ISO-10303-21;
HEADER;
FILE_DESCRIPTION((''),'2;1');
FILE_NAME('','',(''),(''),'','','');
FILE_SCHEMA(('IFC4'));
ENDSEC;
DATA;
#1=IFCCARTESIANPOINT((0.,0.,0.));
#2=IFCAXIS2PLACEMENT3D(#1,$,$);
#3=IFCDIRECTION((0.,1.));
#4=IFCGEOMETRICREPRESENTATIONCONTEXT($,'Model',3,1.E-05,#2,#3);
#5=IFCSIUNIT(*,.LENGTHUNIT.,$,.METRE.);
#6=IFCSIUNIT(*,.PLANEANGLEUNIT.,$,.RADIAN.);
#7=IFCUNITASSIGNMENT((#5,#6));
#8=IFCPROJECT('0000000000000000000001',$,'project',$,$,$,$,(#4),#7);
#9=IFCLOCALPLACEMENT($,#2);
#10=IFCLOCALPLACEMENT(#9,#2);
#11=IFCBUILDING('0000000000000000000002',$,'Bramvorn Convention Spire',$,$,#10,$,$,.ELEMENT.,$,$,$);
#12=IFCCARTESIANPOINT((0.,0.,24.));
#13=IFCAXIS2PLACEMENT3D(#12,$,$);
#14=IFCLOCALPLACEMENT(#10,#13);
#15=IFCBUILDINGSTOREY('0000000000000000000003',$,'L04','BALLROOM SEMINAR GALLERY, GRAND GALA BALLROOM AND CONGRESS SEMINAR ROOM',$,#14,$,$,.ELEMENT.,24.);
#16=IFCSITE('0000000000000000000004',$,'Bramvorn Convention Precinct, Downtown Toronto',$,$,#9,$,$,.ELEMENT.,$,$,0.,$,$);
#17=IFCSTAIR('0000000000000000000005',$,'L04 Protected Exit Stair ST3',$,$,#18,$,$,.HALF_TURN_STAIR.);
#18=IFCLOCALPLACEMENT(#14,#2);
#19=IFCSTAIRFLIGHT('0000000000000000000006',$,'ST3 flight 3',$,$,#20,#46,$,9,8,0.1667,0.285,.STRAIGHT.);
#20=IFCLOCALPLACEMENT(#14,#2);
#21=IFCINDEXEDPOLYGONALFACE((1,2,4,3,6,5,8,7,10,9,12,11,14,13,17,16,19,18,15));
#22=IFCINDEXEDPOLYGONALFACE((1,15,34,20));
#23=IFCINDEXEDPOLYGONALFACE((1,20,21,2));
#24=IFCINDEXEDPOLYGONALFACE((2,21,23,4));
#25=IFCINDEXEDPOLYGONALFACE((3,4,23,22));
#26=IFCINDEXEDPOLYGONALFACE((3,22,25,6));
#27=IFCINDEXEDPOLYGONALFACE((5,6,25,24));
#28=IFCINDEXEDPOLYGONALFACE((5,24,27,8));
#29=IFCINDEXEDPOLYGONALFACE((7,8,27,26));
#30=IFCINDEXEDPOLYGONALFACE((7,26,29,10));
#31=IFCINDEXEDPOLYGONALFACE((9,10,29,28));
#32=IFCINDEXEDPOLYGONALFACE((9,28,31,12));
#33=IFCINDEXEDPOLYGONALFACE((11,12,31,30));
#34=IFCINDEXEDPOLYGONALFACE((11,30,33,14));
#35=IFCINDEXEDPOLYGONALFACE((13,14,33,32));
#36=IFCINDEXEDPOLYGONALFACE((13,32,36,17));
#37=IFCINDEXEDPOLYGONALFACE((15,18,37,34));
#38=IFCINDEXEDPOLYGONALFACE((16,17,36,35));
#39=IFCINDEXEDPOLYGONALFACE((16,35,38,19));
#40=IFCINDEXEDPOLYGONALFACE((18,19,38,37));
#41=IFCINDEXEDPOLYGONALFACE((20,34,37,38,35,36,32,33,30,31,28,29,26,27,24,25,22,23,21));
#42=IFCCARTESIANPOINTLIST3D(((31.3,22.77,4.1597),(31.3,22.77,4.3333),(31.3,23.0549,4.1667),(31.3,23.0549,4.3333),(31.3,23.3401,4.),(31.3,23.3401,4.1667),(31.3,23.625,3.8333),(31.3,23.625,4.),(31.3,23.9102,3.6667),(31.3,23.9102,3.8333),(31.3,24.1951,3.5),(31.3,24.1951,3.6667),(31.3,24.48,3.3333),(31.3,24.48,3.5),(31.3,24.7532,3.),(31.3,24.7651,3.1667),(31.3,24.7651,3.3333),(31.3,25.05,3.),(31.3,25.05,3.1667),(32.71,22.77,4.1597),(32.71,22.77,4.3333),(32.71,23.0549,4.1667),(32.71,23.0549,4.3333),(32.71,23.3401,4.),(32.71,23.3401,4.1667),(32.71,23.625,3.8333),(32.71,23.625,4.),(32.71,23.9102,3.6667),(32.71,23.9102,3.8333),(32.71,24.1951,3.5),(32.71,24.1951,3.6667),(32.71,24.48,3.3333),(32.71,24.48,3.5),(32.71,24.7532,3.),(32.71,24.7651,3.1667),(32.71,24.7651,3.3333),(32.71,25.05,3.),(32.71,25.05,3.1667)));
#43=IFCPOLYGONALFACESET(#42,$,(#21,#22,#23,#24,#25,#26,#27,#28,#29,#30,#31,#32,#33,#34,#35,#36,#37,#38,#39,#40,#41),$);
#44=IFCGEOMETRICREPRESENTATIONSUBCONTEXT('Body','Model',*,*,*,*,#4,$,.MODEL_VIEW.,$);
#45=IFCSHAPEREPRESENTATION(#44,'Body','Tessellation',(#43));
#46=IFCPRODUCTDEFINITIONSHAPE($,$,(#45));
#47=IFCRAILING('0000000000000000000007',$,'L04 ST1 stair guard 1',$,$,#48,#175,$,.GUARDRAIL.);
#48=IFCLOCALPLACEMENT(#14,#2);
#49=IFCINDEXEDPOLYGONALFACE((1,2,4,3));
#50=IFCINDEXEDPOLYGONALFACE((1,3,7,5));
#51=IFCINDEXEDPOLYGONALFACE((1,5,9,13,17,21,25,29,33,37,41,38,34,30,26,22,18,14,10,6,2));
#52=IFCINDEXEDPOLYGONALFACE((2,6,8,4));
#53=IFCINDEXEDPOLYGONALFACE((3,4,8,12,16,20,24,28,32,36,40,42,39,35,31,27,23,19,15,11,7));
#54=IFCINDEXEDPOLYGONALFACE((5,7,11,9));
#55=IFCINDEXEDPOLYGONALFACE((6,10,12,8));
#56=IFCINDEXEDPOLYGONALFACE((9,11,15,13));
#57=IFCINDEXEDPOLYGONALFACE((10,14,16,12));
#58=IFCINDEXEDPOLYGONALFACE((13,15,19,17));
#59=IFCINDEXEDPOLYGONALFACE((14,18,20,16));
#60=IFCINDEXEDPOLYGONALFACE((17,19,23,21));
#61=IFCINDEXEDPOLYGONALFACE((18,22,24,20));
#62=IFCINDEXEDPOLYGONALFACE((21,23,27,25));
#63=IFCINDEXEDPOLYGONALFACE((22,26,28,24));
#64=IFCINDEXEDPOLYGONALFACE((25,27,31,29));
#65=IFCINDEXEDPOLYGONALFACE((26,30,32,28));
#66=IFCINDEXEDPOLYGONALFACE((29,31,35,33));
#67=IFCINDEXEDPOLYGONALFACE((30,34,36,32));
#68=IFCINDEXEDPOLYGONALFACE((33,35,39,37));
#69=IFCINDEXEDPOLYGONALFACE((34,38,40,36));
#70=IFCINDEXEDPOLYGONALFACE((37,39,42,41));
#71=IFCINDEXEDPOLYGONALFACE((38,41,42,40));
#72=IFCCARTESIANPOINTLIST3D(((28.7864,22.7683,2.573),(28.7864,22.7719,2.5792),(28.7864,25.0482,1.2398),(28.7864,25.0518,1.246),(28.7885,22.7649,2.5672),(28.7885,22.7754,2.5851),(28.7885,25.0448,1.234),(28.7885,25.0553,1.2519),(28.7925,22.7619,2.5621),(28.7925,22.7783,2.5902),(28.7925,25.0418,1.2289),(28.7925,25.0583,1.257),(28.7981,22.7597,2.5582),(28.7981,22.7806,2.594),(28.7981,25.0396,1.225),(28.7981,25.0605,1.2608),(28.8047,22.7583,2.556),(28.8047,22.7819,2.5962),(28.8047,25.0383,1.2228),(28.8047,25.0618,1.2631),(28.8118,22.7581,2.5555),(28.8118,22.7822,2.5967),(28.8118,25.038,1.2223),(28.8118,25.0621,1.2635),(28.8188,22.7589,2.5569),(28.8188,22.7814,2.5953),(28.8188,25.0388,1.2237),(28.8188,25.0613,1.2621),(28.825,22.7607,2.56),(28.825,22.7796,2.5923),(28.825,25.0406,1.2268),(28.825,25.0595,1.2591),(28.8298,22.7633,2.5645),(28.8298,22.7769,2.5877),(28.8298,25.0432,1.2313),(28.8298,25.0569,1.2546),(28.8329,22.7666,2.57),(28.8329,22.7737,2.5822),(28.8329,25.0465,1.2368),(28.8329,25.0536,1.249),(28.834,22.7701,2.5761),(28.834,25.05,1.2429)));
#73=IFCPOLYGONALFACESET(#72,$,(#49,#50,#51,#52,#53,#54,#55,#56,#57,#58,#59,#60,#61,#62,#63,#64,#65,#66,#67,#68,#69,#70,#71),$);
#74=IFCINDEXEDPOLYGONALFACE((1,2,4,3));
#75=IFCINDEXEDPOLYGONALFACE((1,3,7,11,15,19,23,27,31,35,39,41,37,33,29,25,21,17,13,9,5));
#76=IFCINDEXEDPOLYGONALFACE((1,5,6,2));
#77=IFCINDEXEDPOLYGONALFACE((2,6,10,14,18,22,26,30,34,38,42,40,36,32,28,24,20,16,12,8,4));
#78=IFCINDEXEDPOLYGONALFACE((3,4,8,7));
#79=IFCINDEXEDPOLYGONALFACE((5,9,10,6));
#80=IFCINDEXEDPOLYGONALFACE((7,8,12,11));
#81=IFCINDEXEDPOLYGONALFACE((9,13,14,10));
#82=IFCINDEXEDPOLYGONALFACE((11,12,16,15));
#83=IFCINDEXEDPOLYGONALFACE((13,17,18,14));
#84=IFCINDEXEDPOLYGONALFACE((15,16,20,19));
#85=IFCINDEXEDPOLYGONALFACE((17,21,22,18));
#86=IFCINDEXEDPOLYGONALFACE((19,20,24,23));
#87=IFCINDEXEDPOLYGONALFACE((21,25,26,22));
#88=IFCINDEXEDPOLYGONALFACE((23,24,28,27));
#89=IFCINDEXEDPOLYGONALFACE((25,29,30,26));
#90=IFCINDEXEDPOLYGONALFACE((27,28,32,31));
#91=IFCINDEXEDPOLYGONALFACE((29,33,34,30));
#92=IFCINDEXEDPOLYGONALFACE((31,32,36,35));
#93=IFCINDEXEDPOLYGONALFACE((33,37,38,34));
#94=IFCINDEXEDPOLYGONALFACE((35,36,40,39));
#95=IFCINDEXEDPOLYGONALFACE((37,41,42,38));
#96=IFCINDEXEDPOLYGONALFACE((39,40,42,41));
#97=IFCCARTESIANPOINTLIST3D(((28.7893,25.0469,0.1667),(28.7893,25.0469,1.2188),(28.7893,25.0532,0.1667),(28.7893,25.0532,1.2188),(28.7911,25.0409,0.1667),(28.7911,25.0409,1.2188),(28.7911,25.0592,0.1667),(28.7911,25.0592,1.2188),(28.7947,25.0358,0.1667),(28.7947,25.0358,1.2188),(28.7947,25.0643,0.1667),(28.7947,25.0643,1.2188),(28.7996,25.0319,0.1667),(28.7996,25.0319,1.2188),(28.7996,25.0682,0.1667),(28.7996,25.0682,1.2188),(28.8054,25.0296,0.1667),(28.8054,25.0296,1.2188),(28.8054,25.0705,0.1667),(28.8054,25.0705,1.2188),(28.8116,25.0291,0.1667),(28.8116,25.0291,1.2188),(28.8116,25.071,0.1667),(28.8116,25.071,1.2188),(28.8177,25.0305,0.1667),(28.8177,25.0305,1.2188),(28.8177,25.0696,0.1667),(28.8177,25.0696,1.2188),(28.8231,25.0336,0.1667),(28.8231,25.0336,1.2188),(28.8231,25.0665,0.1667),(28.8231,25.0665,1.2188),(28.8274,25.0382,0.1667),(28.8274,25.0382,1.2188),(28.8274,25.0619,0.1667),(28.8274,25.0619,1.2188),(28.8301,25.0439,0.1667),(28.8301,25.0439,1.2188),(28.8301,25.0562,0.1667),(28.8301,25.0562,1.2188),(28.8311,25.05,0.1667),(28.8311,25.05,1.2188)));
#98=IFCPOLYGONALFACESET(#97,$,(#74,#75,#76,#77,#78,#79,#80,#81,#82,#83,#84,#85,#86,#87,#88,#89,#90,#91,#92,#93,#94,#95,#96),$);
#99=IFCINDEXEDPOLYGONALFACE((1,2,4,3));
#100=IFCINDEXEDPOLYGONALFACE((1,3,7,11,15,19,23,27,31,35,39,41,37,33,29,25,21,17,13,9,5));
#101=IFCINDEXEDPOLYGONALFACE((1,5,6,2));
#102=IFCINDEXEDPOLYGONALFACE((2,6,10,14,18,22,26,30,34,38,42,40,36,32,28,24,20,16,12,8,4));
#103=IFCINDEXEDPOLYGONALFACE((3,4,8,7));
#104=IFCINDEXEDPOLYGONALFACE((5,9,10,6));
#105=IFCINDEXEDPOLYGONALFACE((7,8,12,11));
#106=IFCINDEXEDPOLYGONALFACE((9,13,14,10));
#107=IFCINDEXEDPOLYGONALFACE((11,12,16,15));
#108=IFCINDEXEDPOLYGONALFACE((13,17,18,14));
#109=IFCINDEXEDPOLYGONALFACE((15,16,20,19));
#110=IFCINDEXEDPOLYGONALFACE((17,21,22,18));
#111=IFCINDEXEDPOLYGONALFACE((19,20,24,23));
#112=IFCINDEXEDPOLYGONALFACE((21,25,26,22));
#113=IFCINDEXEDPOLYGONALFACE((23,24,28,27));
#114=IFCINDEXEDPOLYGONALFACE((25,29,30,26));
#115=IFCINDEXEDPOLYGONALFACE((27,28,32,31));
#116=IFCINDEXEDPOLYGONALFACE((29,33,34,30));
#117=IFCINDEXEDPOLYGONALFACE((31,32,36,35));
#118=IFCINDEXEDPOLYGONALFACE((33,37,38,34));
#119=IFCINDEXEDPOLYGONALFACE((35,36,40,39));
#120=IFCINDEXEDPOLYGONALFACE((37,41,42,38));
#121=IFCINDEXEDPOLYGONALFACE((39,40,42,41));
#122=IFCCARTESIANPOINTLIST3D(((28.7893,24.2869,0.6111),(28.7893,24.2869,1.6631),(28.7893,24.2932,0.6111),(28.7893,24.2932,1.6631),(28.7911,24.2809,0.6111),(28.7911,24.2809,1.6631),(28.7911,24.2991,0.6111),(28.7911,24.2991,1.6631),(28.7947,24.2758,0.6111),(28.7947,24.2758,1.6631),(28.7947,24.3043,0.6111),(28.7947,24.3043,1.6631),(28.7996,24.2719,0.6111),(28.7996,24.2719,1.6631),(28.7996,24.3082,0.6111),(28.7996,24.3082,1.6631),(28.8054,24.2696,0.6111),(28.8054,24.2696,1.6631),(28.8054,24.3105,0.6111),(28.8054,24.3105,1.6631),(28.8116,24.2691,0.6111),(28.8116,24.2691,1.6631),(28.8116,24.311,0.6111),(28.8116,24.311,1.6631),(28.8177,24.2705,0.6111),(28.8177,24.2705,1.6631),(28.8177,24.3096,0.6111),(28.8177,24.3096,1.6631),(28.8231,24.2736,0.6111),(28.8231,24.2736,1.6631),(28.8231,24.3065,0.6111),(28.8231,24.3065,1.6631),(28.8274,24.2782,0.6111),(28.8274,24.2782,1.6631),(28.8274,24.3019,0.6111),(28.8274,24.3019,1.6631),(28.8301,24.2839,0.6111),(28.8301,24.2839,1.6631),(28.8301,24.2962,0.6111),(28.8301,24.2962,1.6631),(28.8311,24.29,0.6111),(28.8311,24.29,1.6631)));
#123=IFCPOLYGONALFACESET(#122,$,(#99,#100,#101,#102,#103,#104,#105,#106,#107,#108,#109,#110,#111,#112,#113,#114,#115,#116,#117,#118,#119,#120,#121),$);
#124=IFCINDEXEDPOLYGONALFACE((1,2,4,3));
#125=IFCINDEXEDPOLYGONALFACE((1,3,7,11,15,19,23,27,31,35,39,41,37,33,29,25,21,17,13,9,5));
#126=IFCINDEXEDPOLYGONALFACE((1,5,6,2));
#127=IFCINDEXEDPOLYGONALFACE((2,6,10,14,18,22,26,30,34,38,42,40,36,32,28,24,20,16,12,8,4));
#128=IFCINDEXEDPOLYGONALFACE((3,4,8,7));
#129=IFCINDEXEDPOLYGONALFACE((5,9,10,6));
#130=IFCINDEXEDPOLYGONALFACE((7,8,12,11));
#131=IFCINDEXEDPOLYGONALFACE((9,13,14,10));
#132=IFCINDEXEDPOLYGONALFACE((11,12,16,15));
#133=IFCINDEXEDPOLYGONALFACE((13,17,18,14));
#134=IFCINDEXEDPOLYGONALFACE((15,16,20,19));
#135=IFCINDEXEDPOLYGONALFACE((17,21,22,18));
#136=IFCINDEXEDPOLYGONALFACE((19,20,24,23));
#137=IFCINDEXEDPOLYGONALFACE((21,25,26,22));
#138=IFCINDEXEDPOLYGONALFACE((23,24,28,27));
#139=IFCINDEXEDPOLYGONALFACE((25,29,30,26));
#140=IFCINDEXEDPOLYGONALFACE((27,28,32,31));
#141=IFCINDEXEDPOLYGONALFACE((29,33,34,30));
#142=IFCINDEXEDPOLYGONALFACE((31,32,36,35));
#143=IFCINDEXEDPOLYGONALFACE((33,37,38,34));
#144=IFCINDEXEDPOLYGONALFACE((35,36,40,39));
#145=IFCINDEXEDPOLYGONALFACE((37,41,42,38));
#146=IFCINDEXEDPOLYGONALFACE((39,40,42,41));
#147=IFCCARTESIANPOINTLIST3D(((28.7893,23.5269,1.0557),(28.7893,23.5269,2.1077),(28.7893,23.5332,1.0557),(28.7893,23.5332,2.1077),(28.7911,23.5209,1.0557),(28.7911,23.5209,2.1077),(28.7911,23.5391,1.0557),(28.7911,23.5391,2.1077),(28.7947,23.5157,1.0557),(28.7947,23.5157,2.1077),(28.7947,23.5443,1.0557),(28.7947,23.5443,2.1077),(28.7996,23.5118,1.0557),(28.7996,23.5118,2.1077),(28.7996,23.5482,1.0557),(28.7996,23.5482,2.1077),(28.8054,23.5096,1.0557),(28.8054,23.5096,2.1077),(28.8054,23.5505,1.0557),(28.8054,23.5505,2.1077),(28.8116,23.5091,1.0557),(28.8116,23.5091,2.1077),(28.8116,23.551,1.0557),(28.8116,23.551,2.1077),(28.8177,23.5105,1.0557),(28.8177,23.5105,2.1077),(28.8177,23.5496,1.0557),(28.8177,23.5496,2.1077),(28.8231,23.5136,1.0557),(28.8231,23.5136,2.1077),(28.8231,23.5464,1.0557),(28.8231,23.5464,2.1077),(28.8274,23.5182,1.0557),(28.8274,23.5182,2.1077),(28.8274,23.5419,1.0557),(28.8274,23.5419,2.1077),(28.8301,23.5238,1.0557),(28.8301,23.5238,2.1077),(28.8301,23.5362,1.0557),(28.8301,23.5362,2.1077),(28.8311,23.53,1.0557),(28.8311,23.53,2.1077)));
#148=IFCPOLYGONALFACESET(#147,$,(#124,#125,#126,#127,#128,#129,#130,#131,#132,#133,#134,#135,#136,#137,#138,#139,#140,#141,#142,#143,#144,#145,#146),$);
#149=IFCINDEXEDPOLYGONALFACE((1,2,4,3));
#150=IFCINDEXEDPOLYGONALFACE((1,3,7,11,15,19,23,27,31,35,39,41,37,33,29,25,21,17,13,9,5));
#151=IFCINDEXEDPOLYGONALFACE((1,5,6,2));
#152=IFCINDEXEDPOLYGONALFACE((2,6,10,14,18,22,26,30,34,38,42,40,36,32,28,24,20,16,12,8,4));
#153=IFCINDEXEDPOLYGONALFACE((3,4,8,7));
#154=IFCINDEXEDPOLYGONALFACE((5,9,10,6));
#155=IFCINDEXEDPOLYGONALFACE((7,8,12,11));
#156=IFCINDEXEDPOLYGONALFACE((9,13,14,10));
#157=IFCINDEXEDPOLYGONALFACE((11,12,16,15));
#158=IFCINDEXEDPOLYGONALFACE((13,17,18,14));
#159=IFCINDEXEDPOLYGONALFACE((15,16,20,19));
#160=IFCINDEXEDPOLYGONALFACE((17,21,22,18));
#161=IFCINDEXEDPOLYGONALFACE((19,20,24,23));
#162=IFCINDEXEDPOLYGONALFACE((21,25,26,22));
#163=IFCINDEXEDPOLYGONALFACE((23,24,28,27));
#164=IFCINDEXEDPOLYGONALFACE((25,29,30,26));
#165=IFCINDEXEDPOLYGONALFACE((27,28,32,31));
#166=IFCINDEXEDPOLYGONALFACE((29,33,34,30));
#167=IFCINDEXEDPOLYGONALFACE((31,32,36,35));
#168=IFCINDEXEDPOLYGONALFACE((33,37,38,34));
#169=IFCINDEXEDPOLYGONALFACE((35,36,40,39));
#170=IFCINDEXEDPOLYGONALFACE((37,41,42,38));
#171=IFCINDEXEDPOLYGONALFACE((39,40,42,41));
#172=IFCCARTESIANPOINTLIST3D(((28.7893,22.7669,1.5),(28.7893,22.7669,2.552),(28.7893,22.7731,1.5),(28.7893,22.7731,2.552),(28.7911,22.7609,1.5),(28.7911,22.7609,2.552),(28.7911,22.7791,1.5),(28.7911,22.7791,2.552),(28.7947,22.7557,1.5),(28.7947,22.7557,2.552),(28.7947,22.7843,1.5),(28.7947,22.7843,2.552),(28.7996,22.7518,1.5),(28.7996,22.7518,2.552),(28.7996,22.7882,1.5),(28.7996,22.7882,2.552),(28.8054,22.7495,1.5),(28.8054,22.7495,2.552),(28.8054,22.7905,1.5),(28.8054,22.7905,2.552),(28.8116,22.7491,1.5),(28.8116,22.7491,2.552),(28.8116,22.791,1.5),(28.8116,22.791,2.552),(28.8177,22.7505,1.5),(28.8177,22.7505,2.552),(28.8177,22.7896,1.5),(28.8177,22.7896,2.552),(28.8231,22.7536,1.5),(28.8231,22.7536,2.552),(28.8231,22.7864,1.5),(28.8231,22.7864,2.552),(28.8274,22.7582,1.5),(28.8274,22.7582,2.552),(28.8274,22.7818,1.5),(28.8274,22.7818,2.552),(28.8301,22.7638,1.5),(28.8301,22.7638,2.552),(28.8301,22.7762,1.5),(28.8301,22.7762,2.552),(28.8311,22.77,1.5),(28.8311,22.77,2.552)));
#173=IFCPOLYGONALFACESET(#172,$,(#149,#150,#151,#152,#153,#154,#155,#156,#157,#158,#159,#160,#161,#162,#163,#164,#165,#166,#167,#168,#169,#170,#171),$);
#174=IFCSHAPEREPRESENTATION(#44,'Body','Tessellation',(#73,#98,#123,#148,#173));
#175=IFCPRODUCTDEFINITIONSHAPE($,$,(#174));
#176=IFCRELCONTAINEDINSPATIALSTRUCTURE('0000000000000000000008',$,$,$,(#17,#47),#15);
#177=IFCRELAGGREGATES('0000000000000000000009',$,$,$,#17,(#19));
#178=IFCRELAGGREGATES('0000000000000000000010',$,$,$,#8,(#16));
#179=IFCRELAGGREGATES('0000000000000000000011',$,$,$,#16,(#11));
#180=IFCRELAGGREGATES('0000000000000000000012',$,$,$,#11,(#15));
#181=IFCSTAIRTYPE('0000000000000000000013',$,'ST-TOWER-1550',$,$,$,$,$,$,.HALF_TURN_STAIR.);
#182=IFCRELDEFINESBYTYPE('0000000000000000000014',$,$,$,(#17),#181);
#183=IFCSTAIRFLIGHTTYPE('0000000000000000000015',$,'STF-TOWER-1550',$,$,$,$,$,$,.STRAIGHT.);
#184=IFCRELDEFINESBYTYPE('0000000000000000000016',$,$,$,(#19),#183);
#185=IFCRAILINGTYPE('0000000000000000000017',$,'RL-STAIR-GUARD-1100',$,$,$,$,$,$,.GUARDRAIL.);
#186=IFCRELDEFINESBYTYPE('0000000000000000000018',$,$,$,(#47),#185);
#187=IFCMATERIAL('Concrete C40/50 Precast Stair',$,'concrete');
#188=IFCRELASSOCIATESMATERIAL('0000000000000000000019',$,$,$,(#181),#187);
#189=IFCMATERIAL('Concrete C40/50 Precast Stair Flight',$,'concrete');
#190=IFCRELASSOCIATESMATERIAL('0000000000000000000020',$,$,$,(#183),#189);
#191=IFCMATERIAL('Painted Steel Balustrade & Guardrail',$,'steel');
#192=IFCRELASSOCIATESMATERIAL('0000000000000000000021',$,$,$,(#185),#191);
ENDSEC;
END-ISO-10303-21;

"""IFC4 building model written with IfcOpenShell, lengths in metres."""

from ifc_helpers import new_model, si_unit, direction, frame, origin, origin_2d, place, context, subcontext, project, spatial, polyline, circle, outline, extrude, material, type_object, element, aggregate, save


model = new_model("IFC4")

# Units and contexts
model_context = context("Model", 3, precision=1e-05, world=origin(), true_north=direction((0.0, 1.0)))
body_context = subcontext(model_context, "Body", "Model", "MODEL_VIEW")
ifc_project = project(units=[si_unit("LENGTHUNIT", "METRE"), si_unit("PLANEANGLEUNIT", "RADIAN")], contexts=[model_context])

# Site, building, storey
site_placement = place(None, origin())
site = spatial("IfcSite", under=ifc_project, at=site_placement, Name="Bramvorn Convention Precinct, Downtown Toronto", CompositionType="ELEMENT", RefElevation=0.0)
building_placement = place(site_placement, origin())
building = spatial("IfcBuilding", under=site, at=building_placement, Name="Bramvorn Convention Spire", CompositionType="ELEMENT")
storey_placement = place(building_placement, frame((0.0, 0.0, 24.0)))
storey = spatial("IfcBuildingStorey", under=building, at=storey_placement, Name="L04", Description="BALLROOM SEMINAR GALLERY, GRAND GALA BALLROOM AND CONGRESS SEMINAR ROOM", CompositionType="ELEMENT", Elevation=24.0)

# Stair, stair flight
ifc_material_1 = material(Name="Concrete C40/50 Precast Stair", Category="concrete")
stair_type = type_object("IfcStairType", Name="ST-TOWER-1550", PredefinedType="HALF_TURN_STAIR", material=ifc_material_1)
ifc_material_2 = material(Name="Concrete C40/50 Precast Stair Flight", Category="concrete")
stair_flight_type = type_object("IfcStairFlightType", Name="STF-TOWER-1550", PredefinedType="STRAIGHT", material=ifc_material_2)
stair_1_placement = place(storey_placement, origin())
stair_1 = element("IfcStair", 1, at=stair_1_placement, inside=storey, type_object=stair_type, Name="L04 Protected Exit Stair ST3", PredefinedType="HALF_TURN_STAIR")
stair_flight_1_placement = place(storey_placement, frame((32.0049, 25.05, 3.0), z_axis=(0.0, 0.0, 1.0), x_axis=(0.0, -1.0, 0.0)))
stair_flight_1 = element("IfcStairFlight", 2, at=stair_flight_1_placement, type_object=stair_flight_type, Name="ST3 flight 3", NumberOfRisers=9, NumberOfTreads=8, PredefinedType="STRAIGHT", RiserHeight=0.1667, TreadLength=0.285, context=body_context, shape_type="SweptSolid", body=[
    extrude(outline(polyline([(0.0, 0.0), (0.0, 0.1667), (0.2849, 0.1667), (0.2849, 0.3333), (0.5701, 0.3333), (0.5701, 0.5), (0.855, 0.5), (0.855, 0.6667), (1.1399, 0.6667), (1.1399, 0.8333), (1.425, 0.8333), (1.425, 1.0), (1.71, 1.0), (1.71, 1.1667), (1.9951, 1.1667), (1.9951, 1.3333), (2.28, 1.3333), (2.28, 1.5), (2.28, 1.1597), (0.2969, 0.0), (0.0, 0.0)])), frame((0.0, 0.7051, 0.0), z_axis=(0.0, -1.0, 0.0), x_axis=(1.0, 0.0, 0.0)), (0.0, 0.0, 1.0), 1.4099),
])
aggregate(stair_1, [stair_flight_1])

# Railing
ifc_material_3 = material(Name="Painted Steel Balustrade & Guardrail", Category="steel")
railing_type_1 = type_object("IfcRailingType", Name="RL-STAIR-GUARD-1100", PredefinedType="GUARDRAIL", material=ifc_material_3)
railing_1_placement = place(storey_placement, frame((28.8101, 25.05, 0.1667)))
element("IfcRailing", 3, at=railing_1_placement, inside=storey, type_object=railing_type_1, Name="L04 ST1 stair guard 1", PredefinedType="GUARDRAIL", context=body_context, shape_type="SweptSolid", body=[
    extrude(circle(Radius=0.0239, at=origin_2d()), frame((0.0, 0.0, 1.0762), z_axis=(0.0, -0.863245, 0.504785), x_axis=(1.0, 0.0, 0.0)), (0.0, 0.0, 1.0), 2.6411),
    extrude(circle(Radius=0.021, at=origin_2d()), origin(), (0.0, 0.0, 1.0), 1.052),
    extrude(circle(Radius=0.021, at=origin_2d()), frame((0.0, -0.76, 0.4443)), (0.0, 0.0, 1.0), 1.052),
    extrude(circle(Radius=0.021, at=origin_2d()), frame((0.0, -1.52, 0.8889)), (0.0, 0.0, 1.0), 1.052),
    extrude(circle(Radius=0.021, at=origin_2d()), frame((0.0, -2.28, 1.3333)), (0.0, 0.0, 1.0), 1.052),
])

save(model, "model.ifc")
